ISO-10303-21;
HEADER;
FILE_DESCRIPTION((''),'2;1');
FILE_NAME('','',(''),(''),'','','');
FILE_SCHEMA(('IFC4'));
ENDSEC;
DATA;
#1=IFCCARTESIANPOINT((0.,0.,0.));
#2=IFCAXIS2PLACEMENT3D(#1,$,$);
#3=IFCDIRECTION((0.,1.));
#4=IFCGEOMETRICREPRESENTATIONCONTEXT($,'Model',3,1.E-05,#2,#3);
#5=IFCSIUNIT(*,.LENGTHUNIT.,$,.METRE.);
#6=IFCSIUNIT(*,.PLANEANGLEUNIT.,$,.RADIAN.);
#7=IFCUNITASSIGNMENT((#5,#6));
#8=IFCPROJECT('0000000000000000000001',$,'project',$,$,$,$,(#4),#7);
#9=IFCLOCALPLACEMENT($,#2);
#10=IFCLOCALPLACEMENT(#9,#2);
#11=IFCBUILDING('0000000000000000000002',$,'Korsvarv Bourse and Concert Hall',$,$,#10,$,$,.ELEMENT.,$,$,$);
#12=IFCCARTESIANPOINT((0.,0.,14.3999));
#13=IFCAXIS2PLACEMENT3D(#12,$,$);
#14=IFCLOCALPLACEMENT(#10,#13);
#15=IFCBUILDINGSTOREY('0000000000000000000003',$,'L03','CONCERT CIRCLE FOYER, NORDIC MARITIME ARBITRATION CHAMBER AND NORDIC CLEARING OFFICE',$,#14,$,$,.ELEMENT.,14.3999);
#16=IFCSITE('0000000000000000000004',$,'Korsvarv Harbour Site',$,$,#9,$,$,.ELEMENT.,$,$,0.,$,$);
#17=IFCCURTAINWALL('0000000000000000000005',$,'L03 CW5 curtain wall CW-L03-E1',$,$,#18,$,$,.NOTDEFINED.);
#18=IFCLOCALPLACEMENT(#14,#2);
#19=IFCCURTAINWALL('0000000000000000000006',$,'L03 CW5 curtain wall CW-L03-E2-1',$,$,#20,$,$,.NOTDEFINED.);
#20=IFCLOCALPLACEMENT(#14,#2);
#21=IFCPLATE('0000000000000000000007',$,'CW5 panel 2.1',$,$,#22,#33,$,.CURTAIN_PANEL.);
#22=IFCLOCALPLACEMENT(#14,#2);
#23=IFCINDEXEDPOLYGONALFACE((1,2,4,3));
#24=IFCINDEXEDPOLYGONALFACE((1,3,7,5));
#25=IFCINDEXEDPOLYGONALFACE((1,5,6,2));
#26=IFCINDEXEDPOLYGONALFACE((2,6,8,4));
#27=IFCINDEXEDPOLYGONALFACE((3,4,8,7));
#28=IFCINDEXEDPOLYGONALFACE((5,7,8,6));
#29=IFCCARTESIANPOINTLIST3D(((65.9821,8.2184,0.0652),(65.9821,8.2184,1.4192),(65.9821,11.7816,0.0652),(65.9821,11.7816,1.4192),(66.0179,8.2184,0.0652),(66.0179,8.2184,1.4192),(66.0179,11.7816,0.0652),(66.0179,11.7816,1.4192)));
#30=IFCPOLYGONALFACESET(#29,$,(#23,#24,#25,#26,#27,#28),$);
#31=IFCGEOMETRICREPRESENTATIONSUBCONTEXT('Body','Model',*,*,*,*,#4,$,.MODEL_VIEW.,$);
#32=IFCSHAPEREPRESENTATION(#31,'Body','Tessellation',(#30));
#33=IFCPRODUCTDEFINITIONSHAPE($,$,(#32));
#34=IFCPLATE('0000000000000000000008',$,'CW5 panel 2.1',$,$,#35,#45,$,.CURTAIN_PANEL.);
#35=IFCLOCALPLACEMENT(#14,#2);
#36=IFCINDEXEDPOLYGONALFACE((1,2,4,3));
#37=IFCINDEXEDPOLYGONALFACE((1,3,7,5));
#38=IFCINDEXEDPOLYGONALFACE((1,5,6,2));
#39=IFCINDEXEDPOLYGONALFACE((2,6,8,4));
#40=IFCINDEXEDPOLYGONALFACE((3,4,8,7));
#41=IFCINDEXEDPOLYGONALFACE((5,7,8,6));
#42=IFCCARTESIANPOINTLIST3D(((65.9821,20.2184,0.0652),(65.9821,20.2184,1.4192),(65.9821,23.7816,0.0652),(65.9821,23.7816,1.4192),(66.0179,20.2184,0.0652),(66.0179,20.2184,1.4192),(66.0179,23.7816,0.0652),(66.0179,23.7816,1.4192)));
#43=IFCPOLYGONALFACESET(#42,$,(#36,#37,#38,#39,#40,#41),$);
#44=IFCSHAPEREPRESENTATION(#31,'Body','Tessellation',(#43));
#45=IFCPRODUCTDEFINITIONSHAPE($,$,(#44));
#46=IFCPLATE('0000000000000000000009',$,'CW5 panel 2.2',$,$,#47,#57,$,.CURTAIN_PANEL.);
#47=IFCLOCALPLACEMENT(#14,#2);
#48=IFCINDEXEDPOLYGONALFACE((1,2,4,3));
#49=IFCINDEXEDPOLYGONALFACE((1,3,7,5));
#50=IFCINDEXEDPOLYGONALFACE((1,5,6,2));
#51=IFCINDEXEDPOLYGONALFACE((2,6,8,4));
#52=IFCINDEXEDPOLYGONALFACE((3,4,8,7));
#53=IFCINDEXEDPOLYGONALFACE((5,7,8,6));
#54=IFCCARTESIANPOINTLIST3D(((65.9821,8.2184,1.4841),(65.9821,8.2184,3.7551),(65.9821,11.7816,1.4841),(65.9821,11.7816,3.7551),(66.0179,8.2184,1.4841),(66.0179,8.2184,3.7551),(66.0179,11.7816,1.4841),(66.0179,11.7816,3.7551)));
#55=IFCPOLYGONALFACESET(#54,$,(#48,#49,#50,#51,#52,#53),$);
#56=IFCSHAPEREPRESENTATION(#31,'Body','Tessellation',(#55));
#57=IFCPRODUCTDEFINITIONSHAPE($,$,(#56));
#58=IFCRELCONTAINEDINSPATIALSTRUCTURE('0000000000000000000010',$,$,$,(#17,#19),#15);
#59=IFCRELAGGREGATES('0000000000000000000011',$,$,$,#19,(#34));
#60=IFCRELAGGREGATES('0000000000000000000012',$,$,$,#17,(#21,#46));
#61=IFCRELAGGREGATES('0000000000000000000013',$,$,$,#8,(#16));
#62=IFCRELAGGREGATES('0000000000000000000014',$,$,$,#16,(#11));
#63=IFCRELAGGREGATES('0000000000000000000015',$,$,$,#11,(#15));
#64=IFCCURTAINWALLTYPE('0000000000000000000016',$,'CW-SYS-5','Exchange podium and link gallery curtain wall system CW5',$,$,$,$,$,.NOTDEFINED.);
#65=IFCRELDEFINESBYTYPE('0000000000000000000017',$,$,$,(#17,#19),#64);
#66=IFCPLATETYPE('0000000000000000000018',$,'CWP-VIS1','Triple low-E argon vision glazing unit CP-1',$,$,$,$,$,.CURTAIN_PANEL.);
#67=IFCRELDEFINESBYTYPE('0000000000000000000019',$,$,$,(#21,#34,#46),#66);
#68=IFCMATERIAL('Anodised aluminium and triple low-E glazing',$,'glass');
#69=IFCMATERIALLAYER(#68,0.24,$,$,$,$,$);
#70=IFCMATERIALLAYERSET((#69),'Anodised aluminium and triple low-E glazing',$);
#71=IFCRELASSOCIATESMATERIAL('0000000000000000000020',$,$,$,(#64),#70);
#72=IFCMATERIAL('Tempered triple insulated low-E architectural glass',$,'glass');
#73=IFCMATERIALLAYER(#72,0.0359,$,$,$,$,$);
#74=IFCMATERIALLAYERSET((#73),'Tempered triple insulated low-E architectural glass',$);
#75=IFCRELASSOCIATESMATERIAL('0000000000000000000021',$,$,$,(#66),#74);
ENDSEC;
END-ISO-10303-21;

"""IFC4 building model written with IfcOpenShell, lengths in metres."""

from ifc_helpers import new_model, si_unit, direction, frame, origin, origin_2d, place, context, subcontext, project, spatial, rectangle, extrude, source, transform, mapped, material, layer, layer_set, type_object, element, aggregate, save


model = new_model("IFC4")

# Units and contexts
model_context = context("Model", 3, precision=1e-05, world=origin(), true_north=direction((0.0, 1.0)))
body_context = subcontext(model_context, "Body", "Model", "MODEL_VIEW")
ifc_project = project(units=[si_unit("LENGTHUNIT", "METRE"), si_unit("PLANEANGLEUNIT", "RADIAN")], contexts=[model_context])

# Site, building, storey
site_placement = place(None, origin())
site = spatial("IfcSite", under=ifc_project, at=site_placement, Name="Korsvarv Harbour Site", CompositionType="ELEMENT", RefElevation=0.0)
building_placement = place(site_placement, origin())
building = spatial("IfcBuilding", under=site, at=building_placement, Name="Korsvarv Bourse and Concert Hall", CompositionType="ELEMENT")
storey_placement = place(building_placement, frame((0.0, 0.0, 14.3999)))
storey = spatial("IfcBuildingStorey", under=building, at=storey_placement, Name="L03", Description="CONCERT CIRCLE FOYER, NORDIC MARITIME ARBITRATION CHAMBER AND NORDIC CLEARING OFFICE", CompositionType="ELEMENT", Elevation=14.3999)

# Curtain walls
ifc_material_1 = material(Name="Anodised aluminium and triple low-E glazing", Category="glass")
ifc_layer_1 = layer(ifc_material_1, 0.24)
ifc_layer_set_1 = layer_set([ifc_layer_1], Name="Anodised aluminium and triple low-E glazing")
curtain_wall_type = type_object("IfcCurtainWallType", Name="CW-SYS-5", Description="Exchange podium and link gallery curtain wall system CW5", PredefinedType="NOTDEFINED", material=ifc_layer_set_1)
curtain_wall_1_placement = place(storey_placement, origin())
curtain_wall_1 = element("IfcCurtainWall", 1, at=curtain_wall_1_placement, inside=storey, type_object=curtain_wall_type, Name="L03 CW5 curtain wall CW-L03-E1", PredefinedType="NOTDEFINED")
curtain_wall_2_placement = place(storey_placement, origin())
curtain_wall_2 = element("IfcCurtainWall", 2, at=curtain_wall_2_placement, inside=storey, type_object=curtain_wall_type, Name="L03 CW5 curtain wall CW-L03-E2-1", PredefinedType="NOTDEFINED")

# Plates
ifc_material_2 = material(Name="Tempered triple insulated low-E architectural glass", Category="glass")
ifc_layer_2 = layer(ifc_material_2, 0.0359)
ifc_layer_set_2 = layer_set([ifc_layer_2], Name="Tempered triple insulated low-E architectural glass")
plate_type = type_object("IfcPlateType", Name="CWP-VIS1", Description="Triple low-E argon vision glazing unit CP-1", PredefinedType="CURTAIN_PANEL", material=ifc_layer_set_2)
shared_shape_1 = source(origin(), body_context, "Body", "SweptSolid", [
    extrude(rectangle(XDim=3.5632, YDim=0.0359, at=origin_2d()), origin(), (0.0, 0.0, 1.0), 1.354),
])
plate_1_placement = place(storey_placement, frame((66.0, 10.0, 0.0652), z_axis=(0.0, 0.0, 1.0), x_axis=(0.0, 1.0, 0.0)))
plate_1 = element("IfcPlate", 3, at=plate_1_placement, type_object=plate_type, Name="CW5 panel 2.1", PredefinedType="CURTAIN_PANEL", context=body_context, shape_type="MappedRepresentation", body=[
    mapped(shared_shape_1, transform((0.0, 0.0, 0.0), scale=1.0)),
])
plate_2_placement = place(storey_placement, frame((66.0, 22.0, 0.0652), z_axis=(0.0, 0.0, 1.0), x_axis=(0.0, 1.0, 0.0)))
plate_2 = element("IfcPlate", 4, at=plate_2_placement, type_object=plate_type, Name="CW5 panel 2.1", PredefinedType="CURTAIN_PANEL", context=body_context, shape_type="MappedRepresentation", body=[
    mapped(shared_shape_1, transform((0.0, 0.0, 0.0), scale=1.0)),
])
aggregate(curtain_wall_2, [plate_2])
shared_shape_2 = source(origin(), body_context, "Body", "SweptSolid", [
    extrude(rectangle(XDim=3.5632, YDim=0.0359, at=origin_2d()), origin(), (0.0, 0.0, 1.0), 2.271),
])
plate_3_placement = place(storey_placement, frame((66.0, 10.0, 1.4841), z_axis=(0.0, 0.0, 1.0), x_axis=(0.0, 1.0, 0.0)))
plate_3 = element("IfcPlate", 5, at=plate_3_placement, type_object=plate_type, Name="CW5 panel 2.2", PredefinedType="CURTAIN_PANEL", context=body_context, shape_type="MappedRepresentation", body=[
    mapped(shared_shape_2, transform((0.0, 0.0, 0.0), scale=1.0)),
])
aggregate(curtain_wall_1, [plate_1, plate_3])

save(model, "model.ifc")
